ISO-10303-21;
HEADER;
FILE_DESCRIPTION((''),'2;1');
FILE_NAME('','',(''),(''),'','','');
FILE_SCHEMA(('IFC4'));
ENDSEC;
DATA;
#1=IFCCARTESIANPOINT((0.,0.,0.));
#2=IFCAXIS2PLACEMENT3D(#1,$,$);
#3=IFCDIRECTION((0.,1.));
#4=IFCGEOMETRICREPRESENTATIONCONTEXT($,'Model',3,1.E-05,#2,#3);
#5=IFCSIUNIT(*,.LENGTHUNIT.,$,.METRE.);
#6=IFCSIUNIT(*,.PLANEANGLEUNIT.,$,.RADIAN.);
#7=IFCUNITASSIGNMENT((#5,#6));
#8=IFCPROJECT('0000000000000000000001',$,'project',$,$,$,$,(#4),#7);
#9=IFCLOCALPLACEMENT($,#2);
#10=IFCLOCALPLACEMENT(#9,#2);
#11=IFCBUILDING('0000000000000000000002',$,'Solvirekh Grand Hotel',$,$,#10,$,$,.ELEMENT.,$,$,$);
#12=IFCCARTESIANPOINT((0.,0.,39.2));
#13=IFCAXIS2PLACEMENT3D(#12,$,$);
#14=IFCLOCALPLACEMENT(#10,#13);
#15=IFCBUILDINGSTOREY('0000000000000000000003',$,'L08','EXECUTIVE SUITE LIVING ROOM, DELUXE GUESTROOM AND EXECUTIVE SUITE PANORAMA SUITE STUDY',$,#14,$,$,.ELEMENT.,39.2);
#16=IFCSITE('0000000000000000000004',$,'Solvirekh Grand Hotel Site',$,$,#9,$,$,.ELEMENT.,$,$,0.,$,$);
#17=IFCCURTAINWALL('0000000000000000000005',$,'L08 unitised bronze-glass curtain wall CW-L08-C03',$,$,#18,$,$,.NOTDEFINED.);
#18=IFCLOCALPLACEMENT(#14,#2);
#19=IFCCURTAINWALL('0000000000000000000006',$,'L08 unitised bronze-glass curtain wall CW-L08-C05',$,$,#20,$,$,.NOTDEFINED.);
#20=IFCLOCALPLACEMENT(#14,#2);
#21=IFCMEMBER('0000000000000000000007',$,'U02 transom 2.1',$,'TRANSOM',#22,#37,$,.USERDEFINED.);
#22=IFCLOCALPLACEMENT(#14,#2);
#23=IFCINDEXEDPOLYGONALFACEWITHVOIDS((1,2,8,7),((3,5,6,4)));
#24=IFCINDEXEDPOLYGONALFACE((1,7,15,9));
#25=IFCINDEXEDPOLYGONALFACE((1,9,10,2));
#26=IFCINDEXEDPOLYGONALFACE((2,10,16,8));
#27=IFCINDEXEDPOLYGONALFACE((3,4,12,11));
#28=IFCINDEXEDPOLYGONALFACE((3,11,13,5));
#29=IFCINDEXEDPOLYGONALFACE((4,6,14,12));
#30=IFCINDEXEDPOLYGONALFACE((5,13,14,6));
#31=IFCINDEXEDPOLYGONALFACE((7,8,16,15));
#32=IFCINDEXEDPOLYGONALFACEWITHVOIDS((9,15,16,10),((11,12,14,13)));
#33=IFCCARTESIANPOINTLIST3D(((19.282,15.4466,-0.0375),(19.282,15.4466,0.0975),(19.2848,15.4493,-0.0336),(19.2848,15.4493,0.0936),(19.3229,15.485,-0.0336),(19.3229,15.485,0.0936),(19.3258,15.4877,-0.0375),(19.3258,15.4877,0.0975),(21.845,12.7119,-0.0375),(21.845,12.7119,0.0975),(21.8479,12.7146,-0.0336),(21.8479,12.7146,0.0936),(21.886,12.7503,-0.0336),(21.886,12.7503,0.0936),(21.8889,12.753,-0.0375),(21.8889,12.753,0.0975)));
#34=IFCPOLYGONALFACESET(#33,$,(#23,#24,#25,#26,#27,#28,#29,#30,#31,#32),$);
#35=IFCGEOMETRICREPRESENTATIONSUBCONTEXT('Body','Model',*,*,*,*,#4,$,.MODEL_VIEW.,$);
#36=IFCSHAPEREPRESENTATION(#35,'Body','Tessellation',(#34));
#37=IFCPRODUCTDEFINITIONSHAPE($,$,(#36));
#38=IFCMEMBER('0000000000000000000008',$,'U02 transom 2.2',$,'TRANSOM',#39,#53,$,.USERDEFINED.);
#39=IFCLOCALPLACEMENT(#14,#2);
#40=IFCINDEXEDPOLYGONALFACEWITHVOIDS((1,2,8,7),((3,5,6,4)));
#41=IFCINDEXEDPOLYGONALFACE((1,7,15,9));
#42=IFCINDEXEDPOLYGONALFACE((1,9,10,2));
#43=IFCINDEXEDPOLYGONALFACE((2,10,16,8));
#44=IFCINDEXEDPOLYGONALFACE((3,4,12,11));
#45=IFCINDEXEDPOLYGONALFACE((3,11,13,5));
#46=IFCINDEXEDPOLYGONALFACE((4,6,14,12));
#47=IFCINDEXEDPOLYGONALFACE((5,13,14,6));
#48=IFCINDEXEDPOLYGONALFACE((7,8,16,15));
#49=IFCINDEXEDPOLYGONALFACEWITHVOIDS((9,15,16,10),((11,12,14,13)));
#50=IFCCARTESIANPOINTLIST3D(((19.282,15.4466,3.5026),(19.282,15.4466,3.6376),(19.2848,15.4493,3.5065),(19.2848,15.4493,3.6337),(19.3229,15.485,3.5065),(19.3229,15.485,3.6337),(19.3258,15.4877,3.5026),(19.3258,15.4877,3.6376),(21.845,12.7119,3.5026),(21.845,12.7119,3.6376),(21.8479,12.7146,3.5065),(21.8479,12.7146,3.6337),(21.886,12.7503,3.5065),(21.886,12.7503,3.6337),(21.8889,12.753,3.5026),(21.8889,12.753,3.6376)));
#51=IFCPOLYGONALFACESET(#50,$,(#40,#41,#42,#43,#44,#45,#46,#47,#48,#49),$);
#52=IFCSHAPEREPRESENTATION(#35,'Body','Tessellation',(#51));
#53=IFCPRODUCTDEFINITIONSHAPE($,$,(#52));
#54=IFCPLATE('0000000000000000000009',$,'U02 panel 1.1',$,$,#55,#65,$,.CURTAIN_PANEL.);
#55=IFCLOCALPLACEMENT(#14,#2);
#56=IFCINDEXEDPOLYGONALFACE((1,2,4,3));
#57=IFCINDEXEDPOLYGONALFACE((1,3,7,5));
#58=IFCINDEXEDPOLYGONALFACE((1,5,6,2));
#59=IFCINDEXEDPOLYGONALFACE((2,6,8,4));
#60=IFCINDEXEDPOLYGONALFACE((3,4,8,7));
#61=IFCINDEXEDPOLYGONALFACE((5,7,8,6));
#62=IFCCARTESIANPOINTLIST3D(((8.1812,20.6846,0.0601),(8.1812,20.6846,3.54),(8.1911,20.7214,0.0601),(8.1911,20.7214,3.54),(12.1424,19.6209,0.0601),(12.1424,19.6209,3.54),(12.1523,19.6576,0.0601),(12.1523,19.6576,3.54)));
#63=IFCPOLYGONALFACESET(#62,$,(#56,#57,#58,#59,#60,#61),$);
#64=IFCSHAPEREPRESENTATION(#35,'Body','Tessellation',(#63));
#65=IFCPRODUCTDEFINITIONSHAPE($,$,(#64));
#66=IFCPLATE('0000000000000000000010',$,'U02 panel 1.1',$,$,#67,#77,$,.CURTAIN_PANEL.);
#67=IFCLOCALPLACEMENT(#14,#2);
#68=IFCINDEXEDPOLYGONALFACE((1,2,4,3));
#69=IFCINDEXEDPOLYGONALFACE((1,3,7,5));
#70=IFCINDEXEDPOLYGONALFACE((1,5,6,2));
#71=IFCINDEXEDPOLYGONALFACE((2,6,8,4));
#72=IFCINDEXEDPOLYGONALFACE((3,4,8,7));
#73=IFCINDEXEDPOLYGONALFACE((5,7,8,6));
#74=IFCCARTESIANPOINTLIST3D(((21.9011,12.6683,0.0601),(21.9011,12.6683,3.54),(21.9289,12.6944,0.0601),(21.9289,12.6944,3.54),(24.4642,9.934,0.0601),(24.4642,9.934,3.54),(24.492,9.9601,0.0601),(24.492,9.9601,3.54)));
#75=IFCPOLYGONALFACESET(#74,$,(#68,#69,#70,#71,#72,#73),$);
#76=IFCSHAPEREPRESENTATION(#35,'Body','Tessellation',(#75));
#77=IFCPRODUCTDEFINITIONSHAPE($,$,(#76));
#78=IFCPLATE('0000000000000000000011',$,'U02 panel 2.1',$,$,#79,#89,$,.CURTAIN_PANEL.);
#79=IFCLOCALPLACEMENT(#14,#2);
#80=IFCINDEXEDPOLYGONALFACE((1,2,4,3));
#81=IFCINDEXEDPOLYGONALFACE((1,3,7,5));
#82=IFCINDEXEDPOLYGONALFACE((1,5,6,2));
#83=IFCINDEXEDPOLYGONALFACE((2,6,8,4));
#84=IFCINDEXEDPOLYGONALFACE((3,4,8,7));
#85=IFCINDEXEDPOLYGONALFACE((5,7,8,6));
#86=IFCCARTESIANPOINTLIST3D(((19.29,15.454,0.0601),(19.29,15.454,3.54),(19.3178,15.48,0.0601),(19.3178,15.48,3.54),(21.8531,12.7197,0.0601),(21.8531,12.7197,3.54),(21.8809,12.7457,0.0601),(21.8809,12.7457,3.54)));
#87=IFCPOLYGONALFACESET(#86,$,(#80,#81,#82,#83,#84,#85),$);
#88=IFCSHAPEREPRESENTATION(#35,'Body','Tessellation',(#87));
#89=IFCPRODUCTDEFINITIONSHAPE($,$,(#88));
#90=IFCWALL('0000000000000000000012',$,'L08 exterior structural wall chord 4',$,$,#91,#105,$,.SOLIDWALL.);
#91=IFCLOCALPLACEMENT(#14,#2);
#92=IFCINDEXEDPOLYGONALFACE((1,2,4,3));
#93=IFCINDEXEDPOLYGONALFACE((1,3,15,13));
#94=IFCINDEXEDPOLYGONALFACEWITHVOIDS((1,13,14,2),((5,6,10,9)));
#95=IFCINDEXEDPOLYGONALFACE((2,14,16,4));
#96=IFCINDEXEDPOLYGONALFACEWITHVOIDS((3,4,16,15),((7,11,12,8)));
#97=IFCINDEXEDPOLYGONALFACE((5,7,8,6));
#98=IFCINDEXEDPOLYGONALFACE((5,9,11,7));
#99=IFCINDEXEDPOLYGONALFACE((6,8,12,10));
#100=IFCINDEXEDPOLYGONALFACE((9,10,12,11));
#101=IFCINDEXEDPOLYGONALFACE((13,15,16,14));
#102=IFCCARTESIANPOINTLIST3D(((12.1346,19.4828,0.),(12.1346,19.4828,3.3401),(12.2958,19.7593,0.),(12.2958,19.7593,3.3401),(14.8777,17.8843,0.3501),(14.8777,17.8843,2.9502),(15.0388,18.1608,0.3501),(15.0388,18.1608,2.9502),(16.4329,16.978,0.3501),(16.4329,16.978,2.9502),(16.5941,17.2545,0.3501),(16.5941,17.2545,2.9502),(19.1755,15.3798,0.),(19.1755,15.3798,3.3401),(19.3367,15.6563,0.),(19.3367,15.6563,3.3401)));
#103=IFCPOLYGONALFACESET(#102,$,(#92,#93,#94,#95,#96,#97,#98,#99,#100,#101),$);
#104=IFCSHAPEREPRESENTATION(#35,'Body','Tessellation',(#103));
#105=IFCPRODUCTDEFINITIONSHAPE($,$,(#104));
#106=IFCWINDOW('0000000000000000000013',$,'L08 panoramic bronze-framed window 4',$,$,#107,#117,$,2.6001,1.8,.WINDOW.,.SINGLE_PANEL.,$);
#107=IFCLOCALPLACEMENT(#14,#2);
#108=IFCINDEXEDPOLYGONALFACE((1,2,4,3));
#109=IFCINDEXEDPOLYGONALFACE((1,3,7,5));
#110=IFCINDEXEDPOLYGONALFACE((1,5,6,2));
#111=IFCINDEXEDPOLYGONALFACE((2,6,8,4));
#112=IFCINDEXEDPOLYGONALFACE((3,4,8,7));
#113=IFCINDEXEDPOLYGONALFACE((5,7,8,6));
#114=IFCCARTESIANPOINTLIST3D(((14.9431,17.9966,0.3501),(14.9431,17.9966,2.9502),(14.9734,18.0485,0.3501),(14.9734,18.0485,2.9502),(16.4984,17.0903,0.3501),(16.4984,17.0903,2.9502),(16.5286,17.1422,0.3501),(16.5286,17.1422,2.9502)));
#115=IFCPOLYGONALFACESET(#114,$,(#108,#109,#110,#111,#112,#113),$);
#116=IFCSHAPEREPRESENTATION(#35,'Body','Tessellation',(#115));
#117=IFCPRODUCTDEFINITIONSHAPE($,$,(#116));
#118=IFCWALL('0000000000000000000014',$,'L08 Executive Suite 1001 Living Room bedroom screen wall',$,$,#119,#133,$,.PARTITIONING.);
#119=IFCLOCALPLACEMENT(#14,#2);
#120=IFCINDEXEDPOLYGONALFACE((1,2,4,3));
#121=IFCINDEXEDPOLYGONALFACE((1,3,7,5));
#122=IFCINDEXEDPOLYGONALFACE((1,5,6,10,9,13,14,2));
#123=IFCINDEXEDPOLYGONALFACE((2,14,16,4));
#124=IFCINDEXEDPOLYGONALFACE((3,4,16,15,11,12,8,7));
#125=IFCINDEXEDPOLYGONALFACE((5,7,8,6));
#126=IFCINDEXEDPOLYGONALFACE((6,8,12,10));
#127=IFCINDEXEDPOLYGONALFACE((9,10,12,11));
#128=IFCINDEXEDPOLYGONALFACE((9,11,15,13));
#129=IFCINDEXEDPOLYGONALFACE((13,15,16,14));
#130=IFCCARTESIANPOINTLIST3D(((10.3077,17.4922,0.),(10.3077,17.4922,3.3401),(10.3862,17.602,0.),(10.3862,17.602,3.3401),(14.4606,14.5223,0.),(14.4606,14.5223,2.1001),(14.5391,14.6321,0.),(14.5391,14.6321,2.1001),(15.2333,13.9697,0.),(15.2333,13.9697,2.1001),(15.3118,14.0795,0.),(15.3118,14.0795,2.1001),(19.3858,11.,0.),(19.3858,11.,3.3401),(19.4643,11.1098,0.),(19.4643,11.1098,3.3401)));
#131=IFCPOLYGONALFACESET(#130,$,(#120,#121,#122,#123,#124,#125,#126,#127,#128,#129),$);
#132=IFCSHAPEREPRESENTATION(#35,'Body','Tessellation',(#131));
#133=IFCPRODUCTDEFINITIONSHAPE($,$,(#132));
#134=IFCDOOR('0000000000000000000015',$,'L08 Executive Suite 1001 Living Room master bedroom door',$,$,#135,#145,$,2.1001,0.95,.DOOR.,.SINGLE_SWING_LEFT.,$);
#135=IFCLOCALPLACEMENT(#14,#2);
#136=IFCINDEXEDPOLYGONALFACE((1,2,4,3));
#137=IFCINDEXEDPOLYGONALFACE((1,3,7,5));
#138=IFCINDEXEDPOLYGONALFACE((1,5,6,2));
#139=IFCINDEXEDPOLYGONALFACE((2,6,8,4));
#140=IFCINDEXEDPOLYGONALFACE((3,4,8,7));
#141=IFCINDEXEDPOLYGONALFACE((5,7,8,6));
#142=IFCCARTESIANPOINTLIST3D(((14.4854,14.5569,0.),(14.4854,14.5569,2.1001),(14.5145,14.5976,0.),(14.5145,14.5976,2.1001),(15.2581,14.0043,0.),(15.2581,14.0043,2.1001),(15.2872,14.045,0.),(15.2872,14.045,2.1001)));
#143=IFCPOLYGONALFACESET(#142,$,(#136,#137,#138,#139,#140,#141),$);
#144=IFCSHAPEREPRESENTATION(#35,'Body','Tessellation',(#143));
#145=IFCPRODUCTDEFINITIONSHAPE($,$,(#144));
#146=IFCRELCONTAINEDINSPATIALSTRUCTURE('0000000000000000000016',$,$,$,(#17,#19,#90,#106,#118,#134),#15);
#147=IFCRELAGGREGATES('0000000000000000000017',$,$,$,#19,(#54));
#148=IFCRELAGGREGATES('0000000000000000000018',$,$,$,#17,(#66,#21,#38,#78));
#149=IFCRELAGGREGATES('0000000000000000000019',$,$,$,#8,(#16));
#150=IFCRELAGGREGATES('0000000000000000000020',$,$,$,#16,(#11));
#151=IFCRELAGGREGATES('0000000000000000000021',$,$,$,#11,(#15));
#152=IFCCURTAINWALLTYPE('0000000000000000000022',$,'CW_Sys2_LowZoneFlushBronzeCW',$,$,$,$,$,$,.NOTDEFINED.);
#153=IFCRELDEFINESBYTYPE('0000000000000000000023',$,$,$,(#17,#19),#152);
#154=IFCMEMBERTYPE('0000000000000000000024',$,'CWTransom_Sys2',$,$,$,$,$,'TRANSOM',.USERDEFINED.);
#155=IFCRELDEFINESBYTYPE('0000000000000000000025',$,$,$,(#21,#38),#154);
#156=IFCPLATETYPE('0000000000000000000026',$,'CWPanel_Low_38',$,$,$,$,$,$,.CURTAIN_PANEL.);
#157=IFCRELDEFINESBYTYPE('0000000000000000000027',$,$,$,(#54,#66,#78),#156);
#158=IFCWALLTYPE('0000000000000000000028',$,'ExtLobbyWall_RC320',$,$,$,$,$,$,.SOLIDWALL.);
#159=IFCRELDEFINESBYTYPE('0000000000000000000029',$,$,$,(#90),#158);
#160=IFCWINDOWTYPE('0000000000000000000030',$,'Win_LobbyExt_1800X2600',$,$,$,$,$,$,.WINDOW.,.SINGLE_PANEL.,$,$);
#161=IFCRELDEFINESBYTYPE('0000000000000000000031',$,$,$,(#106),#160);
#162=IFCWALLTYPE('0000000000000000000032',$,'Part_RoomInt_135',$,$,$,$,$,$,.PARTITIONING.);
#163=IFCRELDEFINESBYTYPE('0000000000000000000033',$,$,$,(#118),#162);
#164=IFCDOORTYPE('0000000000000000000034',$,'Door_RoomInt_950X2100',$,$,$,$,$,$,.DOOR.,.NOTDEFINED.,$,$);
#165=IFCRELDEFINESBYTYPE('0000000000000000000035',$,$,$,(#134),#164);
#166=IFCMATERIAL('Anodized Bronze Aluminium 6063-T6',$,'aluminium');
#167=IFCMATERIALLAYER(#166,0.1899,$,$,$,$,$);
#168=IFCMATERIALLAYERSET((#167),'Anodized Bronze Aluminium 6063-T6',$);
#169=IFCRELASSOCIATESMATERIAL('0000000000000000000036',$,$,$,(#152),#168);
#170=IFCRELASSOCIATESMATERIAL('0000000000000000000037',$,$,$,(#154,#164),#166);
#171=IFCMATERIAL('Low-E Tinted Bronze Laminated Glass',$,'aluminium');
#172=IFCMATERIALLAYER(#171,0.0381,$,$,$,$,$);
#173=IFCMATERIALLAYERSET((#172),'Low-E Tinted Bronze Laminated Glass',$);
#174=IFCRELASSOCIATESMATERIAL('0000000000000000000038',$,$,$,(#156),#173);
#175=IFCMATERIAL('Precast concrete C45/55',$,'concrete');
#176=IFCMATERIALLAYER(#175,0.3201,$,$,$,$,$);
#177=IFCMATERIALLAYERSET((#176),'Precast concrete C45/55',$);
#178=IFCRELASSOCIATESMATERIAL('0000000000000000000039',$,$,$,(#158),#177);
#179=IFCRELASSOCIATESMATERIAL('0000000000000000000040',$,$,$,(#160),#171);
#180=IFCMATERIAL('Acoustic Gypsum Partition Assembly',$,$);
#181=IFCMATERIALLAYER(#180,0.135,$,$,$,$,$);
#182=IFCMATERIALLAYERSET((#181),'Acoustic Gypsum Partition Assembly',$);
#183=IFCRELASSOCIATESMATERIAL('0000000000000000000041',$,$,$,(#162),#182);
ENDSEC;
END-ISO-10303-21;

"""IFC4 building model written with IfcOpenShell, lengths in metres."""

from ifc_helpers import new_model, si_unit, direction, frame, frame_2d, origin, origin_2d, place, context, subcontext, project, spatial, rectangle, hollow_rectangle, extrude, source, transform, mapped, material, layer, layer_set, material_profile, profile_set, type_object, element, fill, aggregate, save


model = new_model("IFC4")

# Units and contexts
model_context = context("Model", 3, precision=1e-05, world=origin(), true_north=direction((0.0, 1.0)))
body_context = subcontext(model_context, "Body", "Model", "MODEL_VIEW")
ifc_project = project(units=[si_unit("LENGTHUNIT", "METRE"), si_unit("PLANEANGLEUNIT", "RADIAN")], contexts=[model_context])

# Site, building, storey
site_placement = place(None, origin())
site = spatial("IfcSite", under=ifc_project, at=site_placement, Name="Solvirekh Grand Hotel Site", CompositionType="ELEMENT", RefElevation=0.0)
building_placement = place(site_placement, origin())
building = spatial("IfcBuilding", under=site, at=building_placement, Name="Solvirekh Grand Hotel", CompositionType="ELEMENT")
storey_placement = place(building_placement, frame((0.0, 0.0, 39.2)))
storey = spatial("IfcBuildingStorey", under=building, at=storey_placement, Name="L08", Description="EXECUTIVE SUITE LIVING ROOM, DELUXE GUESTROOM AND EXECUTIVE SUITE PANORAMA SUITE STUDY", CompositionType="ELEMENT", Elevation=39.2)

# Curtain walls
ifc_material_1 = material(Name="Anodized Bronze Aluminium 6063-T6", Category="aluminium")
ifc_layer_1 = layer(ifc_material_1, 0.1899)
ifc_layer_set_1 = layer_set([ifc_layer_1], Name="Anodized Bronze Aluminium 6063-T6")
curtain_wall_type = type_object("IfcCurtainWallType", Name="CW_Sys2_LowZoneFlushBronzeCW", PredefinedType="NOTDEFINED", material=ifc_layer_set_1)
curtain_wall_1_placement = place(storey_placement, origin())
curtain_wall_1 = element("IfcCurtainWall", 1, at=curtain_wall_1_placement, inside=storey, type_object=curtain_wall_type, Name="L08 unitised bronze-glass curtain wall CW-L08-C03", PredefinedType="NOTDEFINED")
curtain_wall_2_placement = place(storey_placement, origin())
curtain_wall_2 = element("IfcCurtainWall", 2, at=curtain_wall_2_placement, inside=storey, type_object=curtain_wall_type, Name="L08 unitised bronze-glass curtain wall CW-L08-C05", PredefinedType="NOTDEFINED")
ifc_material_profile_1 = material_profile(ifc_material_1, hollow_rectangle(XDim=0.0601, YDim=0.135, WallThickness=0.0039, at=origin_2d()), Name="ALU RHS 135X60X4")
ifc_profile_set_1 = profile_set([ifc_material_profile_1], Name="Anodized Bronze Aluminium 6063-T6")
member_type_1 = type_object("IfcMemberType", Name="CWTransom_Sys2", ElementType="TRANSOM", PredefinedType="USERDEFINED", material=ifc_profile_set_1)

# Members
shared_shape_1 = source(origin(), body_context, "Body", "SweptSolid", [
    extrude(hollow_rectangle(XDim=0.0601, YDim=0.135, WallThickness=0.0039, at=origin_2d()), origin(), (0.0, 0.0, 1.0), 3.748),
])
member_1_placement = place(storey_placement, frame((21.8669, 12.7324, 0.03), z_axis=(-0.683839, 0.729633, 0.0), x_axis=(-0.729633, -0.683839, 0.0)))
member_1 = element("IfcMember", 3, at=member_1_placement, type_object=member_type_1, Name="U02 transom 2.1", ObjectType="TRANSOM", PredefinedType="USERDEFINED", context=body_context, shape_type="MappedRepresentation", body=[
    mapped(shared_shape_1, transform((0.0, 0.0, 0.0), x_axis=(1.0, 0.0, 0.0), y_axis=(0.0, 1.0, 0.0), z_axis=(0.0, 0.0, 1.0), scale=1.0)),
])
member_2_placement = place(storey_placement, frame((21.8669, 12.7324, 3.5701), z_axis=(-0.683839, 0.729633, 0.0), x_axis=(-0.729633, -0.683839, 0.0)))
member_2 = element("IfcMember", 4, at=member_2_placement, type_object=member_type_1, Name="U02 transom 2.2", ObjectType="TRANSOM", PredefinedType="USERDEFINED", context=body_context, shape_type="MappedRepresentation", body=[
    mapped(shared_shape_1, transform((0.0, 0.0, 0.0), x_axis=(1.0, 0.0, 0.0), y_axis=(0.0, 1.0, 0.0), z_axis=(0.0, 0.0, 1.0), scale=1.0)),
])

# Plates
ifc_material_2 = material(Name="Low-E Tinted Bronze Laminated Glass", Category="aluminium")
ifc_layer_2 = layer(ifc_material_2, 0.0381)
ifc_layer_set_2 = layer_set([ifc_layer_2], Name="Low-E Tinted Bronze Laminated Glass")
plate_type = type_object("IfcPlateType", Name="CWPanel_Low_38", PredefinedType="CURTAIN_PANEL", material=ifc_layer_set_2)
shared_shape_2 = source(origin(), body_context, "Body", "SweptSolid", [
    extrude(rectangle(XDim=4.1016, YDim=0.0381, at=origin_2d()), origin(), (0.0, 0.0, 1.0), 3.48),
])
plate_1_placement = place(storey_placement, frame((10.1667, 20.1711, 0.0601), z_axis=(0.0, 0.0, 1.0), x_axis=(-0.96578, 0.259364, 0.0)))
plate_1 = element("IfcPlate", 5, at=plate_1_placement, type_object=plate_type, Name="U02 panel 1.1", PredefinedType="CURTAIN_PANEL", context=body_context, shape_type="MappedRepresentation", body=[
    mapped(shared_shape_2, transform((0.0, 0.0, 0.0), x_axis=(1.0, 0.0, 0.0), y_axis=(0.0, 1.0, 0.0), z_axis=(0.0, 0.0, 1.0), scale=1.0)),
])
aggregate(curtain_wall_2, [plate_1])
shared_shape_3 = source(origin(), body_context, "Body", "SweptSolid", [
    extrude(rectangle(XDim=3.7478, YDim=0.0381, at=origin_2d()), origin(), (0.0, 0.0, 1.0), 3.48),
])
plate_2_placement = place(storey_placement, frame((23.1965, 11.3142, 0.0601), z_axis=(0.0, 0.0, 1.0), x_axis=(-0.683898, 0.729578, 0.0)))
plate_2 = element("IfcPlate", 6, at=plate_2_placement, type_object=plate_type, Name="U02 panel 1.1", PredefinedType="CURTAIN_PANEL", context=body_context, shape_type="MappedRepresentation", body=[
    mapped(shared_shape_3, transform((0.0, 0.0, 0.0), x_axis=(1.0, 0.0, 0.0), y_axis=(0.0, 1.0, 0.0), z_axis=(0.0, 0.0, 1.0), scale=1.0)),
])
plate_3_placement = place(storey_placement, frame((20.5854, 14.0999, 0.0601), z_axis=(0.0, 0.0, 1.0), x_axis=(-0.683898, 0.729578, 0.0)))
plate_3 = element("IfcPlate", 7, at=plate_3_placement, type_object=plate_type, Name="U02 panel 2.1", PredefinedType="CURTAIN_PANEL", context=body_context, shape_type="MappedRepresentation", body=[
    mapped(shared_shape_3, transform((0.0, 0.0, 0.0), x_axis=(1.0, 0.0, 0.0), y_axis=(0.0, 1.0, 0.0), z_axis=(0.0, 0.0, 1.0), scale=1.0)),
])
aggregate(curtain_wall_1, [plate_2, member_1, member_2, plate_3])

# Wall, opening, window
ifc_material_3 = material(Name="Precast concrete C45/55", Category="concrete")
ifc_layer_3 = layer(ifc_material_3, 0.3201)
ifc_layer_set_3 = layer_set([ifc_layer_3], Name="Precast concrete C45/55")
wall_type_1 = type_object("IfcWallType", Name="ExtLobbyWall_RC320", PredefinedType="SOLIDWALL", material=ifc_layer_set_3)
wall_1_placement = place(storey_placement, frame((12.2151, 19.6211, 0.0), z_axis=(0.0, 0.0, 1.0), x_axis=(0.864005, -0.503484, 0.0)))
wall_1 = element("IfcWall", 8, at=wall_1_placement, inside=storey, type_object=wall_type_1, Name="L08 exterior structural wall chord 4", PredefinedType="SOLIDWALL", context=body_context, shape_type="SweptSolid", body=[
    extrude(rectangle(XDim=8.1492, YDim=0.3201, at=frame_2d((4.0747, 0.0))), origin(), (0.0, 0.0, 1.0), 3.3401),
])
opening_1_placement = place(wall_1_placement, frame((3.175, 0.0, 0.3501)))
opening_1 = element("IfcOpeningElement", 9, at=opening_1_placement, cuts=wall_1, PredefinedType="OPENING", context=body_context, shape_type="SweptSolid", body=[
    extrude(rectangle(XDim=1.8, YDim=2.6001, at=frame_2d((0.8999, 1.3))), frame((0.0, 0.1699, 0.0), z_axis=(0.0, -1.0, 0.0), x_axis=(1.0, 0.0, 0.0)), (0.0, 0.0, 1.0), 0.3401),
])
window_type = type_object("IfcWindowType", Name="Win_LobbyExt_1800X2600", PartitioningType="SINGLE_PANEL", PredefinedType="WINDOW", material=ifc_material_2)
window_placement = place(opening_1_placement, origin())
window = element("IfcWindow", 10, at=window_placement, inside=storey, type_object=window_type, Name="L08 panoramic bronze-framed window 4", OverallHeight=2.6001, OverallWidth=1.8, PartitioningType="SINGLE_PANEL", PredefinedType="WINDOW", context=body_context, shape_type="SweptSolid", body=[
    extrude(rectangle(XDim=1.8, YDim=2.6001, at=frame_2d((0.8999, 1.3))), frame((0.0, 0.03, 0.0), z_axis=(0.0, -1.0, 0.0), x_axis=(1.0, 0.0, 0.0)), (0.0, 0.0, 1.0), 0.0601),
])
fill(opening_1, window)

# Wall, opening, door
ifc_material_4 = material(Name="Acoustic Gypsum Partition Assembly")
ifc_layer_4 = layer(ifc_material_4, 0.135)
ifc_layer_set_4 = layer_set([ifc_layer_4], Name="Acoustic Gypsum Partition Assembly")
wall_type_2 = type_object("IfcWallType", Name="Part_RoomInt_135", PredefinedType="PARTITIONING", material=ifc_layer_set_4)
wall_2_placement = place(storey_placement, frame((19.425, 11.0549, 0.0), z_axis=(0.0, 0.0, 1.0), x_axis=(-0.813402, 0.581702, 0.0)))
wall_2 = element("IfcWall", 11, at=wall_2_placement, inside=storey, type_object=wall_type_2, Name="L08 Executive Suite 1001 Living Room bedroom screen wall", PredefinedType="PARTITIONING", context=body_context, shape_type="SweptSolid", body=[
    extrude(rectangle(XDim=11.1606, YDim=0.135, at=frame_2d((5.5803, 0.0))), origin(), (0.0, 0.0, 1.0), 3.3401),
])
opening_2_placement = place(wall_2_placement, frame((5.105, 0.0, 0.0)))
opening_2 = element("IfcOpeningElement", 12, at=opening_2_placement, cuts=wall_2, PredefinedType="OPENING", context=body_context, shape_type="SweptSolid", body=[
    extrude(rectangle(XDim=0.95, YDim=2.1001, at=frame_2d((0.4751, 1.05))), frame((0.0, 0.0776, 0.0), z_axis=(0.0, -1.0, 0.0), x_axis=(1.0, 0.0, 0.0)), (0.0, 0.0, 1.0), 0.155),
])
door_type = type_object("IfcDoorType", Name="Door_RoomInt_950X2100", OperationType="NOTDEFINED", PredefinedType="DOOR", material=ifc_material_1)
door_1_placement = place(opening_2_placement, origin())
door_1 = element("IfcDoor", 13, at=door_1_placement, inside=storey, type_object=door_type, Name="L08 Executive Suite 1001 Living Room master bedroom door", OperationType="SINGLE_SWING_LEFT", OverallHeight=2.1001, OverallWidth=0.95, PredefinedType="DOOR", context=body_context, shape_type="SweptSolid", body=[
    extrude(rectangle(XDim=0.95, YDim=2.1001, at=frame_2d((0.4751, 1.05))), frame((0.0, 0.0249, 0.0), z_axis=(0.0, -1.0, 0.0), x_axis=(1.0, 0.0, 0.0)), (0.0, 0.0, 1.0), 0.05),
])
fill(opening_2, door_1)

save(model, "model.ifc")
